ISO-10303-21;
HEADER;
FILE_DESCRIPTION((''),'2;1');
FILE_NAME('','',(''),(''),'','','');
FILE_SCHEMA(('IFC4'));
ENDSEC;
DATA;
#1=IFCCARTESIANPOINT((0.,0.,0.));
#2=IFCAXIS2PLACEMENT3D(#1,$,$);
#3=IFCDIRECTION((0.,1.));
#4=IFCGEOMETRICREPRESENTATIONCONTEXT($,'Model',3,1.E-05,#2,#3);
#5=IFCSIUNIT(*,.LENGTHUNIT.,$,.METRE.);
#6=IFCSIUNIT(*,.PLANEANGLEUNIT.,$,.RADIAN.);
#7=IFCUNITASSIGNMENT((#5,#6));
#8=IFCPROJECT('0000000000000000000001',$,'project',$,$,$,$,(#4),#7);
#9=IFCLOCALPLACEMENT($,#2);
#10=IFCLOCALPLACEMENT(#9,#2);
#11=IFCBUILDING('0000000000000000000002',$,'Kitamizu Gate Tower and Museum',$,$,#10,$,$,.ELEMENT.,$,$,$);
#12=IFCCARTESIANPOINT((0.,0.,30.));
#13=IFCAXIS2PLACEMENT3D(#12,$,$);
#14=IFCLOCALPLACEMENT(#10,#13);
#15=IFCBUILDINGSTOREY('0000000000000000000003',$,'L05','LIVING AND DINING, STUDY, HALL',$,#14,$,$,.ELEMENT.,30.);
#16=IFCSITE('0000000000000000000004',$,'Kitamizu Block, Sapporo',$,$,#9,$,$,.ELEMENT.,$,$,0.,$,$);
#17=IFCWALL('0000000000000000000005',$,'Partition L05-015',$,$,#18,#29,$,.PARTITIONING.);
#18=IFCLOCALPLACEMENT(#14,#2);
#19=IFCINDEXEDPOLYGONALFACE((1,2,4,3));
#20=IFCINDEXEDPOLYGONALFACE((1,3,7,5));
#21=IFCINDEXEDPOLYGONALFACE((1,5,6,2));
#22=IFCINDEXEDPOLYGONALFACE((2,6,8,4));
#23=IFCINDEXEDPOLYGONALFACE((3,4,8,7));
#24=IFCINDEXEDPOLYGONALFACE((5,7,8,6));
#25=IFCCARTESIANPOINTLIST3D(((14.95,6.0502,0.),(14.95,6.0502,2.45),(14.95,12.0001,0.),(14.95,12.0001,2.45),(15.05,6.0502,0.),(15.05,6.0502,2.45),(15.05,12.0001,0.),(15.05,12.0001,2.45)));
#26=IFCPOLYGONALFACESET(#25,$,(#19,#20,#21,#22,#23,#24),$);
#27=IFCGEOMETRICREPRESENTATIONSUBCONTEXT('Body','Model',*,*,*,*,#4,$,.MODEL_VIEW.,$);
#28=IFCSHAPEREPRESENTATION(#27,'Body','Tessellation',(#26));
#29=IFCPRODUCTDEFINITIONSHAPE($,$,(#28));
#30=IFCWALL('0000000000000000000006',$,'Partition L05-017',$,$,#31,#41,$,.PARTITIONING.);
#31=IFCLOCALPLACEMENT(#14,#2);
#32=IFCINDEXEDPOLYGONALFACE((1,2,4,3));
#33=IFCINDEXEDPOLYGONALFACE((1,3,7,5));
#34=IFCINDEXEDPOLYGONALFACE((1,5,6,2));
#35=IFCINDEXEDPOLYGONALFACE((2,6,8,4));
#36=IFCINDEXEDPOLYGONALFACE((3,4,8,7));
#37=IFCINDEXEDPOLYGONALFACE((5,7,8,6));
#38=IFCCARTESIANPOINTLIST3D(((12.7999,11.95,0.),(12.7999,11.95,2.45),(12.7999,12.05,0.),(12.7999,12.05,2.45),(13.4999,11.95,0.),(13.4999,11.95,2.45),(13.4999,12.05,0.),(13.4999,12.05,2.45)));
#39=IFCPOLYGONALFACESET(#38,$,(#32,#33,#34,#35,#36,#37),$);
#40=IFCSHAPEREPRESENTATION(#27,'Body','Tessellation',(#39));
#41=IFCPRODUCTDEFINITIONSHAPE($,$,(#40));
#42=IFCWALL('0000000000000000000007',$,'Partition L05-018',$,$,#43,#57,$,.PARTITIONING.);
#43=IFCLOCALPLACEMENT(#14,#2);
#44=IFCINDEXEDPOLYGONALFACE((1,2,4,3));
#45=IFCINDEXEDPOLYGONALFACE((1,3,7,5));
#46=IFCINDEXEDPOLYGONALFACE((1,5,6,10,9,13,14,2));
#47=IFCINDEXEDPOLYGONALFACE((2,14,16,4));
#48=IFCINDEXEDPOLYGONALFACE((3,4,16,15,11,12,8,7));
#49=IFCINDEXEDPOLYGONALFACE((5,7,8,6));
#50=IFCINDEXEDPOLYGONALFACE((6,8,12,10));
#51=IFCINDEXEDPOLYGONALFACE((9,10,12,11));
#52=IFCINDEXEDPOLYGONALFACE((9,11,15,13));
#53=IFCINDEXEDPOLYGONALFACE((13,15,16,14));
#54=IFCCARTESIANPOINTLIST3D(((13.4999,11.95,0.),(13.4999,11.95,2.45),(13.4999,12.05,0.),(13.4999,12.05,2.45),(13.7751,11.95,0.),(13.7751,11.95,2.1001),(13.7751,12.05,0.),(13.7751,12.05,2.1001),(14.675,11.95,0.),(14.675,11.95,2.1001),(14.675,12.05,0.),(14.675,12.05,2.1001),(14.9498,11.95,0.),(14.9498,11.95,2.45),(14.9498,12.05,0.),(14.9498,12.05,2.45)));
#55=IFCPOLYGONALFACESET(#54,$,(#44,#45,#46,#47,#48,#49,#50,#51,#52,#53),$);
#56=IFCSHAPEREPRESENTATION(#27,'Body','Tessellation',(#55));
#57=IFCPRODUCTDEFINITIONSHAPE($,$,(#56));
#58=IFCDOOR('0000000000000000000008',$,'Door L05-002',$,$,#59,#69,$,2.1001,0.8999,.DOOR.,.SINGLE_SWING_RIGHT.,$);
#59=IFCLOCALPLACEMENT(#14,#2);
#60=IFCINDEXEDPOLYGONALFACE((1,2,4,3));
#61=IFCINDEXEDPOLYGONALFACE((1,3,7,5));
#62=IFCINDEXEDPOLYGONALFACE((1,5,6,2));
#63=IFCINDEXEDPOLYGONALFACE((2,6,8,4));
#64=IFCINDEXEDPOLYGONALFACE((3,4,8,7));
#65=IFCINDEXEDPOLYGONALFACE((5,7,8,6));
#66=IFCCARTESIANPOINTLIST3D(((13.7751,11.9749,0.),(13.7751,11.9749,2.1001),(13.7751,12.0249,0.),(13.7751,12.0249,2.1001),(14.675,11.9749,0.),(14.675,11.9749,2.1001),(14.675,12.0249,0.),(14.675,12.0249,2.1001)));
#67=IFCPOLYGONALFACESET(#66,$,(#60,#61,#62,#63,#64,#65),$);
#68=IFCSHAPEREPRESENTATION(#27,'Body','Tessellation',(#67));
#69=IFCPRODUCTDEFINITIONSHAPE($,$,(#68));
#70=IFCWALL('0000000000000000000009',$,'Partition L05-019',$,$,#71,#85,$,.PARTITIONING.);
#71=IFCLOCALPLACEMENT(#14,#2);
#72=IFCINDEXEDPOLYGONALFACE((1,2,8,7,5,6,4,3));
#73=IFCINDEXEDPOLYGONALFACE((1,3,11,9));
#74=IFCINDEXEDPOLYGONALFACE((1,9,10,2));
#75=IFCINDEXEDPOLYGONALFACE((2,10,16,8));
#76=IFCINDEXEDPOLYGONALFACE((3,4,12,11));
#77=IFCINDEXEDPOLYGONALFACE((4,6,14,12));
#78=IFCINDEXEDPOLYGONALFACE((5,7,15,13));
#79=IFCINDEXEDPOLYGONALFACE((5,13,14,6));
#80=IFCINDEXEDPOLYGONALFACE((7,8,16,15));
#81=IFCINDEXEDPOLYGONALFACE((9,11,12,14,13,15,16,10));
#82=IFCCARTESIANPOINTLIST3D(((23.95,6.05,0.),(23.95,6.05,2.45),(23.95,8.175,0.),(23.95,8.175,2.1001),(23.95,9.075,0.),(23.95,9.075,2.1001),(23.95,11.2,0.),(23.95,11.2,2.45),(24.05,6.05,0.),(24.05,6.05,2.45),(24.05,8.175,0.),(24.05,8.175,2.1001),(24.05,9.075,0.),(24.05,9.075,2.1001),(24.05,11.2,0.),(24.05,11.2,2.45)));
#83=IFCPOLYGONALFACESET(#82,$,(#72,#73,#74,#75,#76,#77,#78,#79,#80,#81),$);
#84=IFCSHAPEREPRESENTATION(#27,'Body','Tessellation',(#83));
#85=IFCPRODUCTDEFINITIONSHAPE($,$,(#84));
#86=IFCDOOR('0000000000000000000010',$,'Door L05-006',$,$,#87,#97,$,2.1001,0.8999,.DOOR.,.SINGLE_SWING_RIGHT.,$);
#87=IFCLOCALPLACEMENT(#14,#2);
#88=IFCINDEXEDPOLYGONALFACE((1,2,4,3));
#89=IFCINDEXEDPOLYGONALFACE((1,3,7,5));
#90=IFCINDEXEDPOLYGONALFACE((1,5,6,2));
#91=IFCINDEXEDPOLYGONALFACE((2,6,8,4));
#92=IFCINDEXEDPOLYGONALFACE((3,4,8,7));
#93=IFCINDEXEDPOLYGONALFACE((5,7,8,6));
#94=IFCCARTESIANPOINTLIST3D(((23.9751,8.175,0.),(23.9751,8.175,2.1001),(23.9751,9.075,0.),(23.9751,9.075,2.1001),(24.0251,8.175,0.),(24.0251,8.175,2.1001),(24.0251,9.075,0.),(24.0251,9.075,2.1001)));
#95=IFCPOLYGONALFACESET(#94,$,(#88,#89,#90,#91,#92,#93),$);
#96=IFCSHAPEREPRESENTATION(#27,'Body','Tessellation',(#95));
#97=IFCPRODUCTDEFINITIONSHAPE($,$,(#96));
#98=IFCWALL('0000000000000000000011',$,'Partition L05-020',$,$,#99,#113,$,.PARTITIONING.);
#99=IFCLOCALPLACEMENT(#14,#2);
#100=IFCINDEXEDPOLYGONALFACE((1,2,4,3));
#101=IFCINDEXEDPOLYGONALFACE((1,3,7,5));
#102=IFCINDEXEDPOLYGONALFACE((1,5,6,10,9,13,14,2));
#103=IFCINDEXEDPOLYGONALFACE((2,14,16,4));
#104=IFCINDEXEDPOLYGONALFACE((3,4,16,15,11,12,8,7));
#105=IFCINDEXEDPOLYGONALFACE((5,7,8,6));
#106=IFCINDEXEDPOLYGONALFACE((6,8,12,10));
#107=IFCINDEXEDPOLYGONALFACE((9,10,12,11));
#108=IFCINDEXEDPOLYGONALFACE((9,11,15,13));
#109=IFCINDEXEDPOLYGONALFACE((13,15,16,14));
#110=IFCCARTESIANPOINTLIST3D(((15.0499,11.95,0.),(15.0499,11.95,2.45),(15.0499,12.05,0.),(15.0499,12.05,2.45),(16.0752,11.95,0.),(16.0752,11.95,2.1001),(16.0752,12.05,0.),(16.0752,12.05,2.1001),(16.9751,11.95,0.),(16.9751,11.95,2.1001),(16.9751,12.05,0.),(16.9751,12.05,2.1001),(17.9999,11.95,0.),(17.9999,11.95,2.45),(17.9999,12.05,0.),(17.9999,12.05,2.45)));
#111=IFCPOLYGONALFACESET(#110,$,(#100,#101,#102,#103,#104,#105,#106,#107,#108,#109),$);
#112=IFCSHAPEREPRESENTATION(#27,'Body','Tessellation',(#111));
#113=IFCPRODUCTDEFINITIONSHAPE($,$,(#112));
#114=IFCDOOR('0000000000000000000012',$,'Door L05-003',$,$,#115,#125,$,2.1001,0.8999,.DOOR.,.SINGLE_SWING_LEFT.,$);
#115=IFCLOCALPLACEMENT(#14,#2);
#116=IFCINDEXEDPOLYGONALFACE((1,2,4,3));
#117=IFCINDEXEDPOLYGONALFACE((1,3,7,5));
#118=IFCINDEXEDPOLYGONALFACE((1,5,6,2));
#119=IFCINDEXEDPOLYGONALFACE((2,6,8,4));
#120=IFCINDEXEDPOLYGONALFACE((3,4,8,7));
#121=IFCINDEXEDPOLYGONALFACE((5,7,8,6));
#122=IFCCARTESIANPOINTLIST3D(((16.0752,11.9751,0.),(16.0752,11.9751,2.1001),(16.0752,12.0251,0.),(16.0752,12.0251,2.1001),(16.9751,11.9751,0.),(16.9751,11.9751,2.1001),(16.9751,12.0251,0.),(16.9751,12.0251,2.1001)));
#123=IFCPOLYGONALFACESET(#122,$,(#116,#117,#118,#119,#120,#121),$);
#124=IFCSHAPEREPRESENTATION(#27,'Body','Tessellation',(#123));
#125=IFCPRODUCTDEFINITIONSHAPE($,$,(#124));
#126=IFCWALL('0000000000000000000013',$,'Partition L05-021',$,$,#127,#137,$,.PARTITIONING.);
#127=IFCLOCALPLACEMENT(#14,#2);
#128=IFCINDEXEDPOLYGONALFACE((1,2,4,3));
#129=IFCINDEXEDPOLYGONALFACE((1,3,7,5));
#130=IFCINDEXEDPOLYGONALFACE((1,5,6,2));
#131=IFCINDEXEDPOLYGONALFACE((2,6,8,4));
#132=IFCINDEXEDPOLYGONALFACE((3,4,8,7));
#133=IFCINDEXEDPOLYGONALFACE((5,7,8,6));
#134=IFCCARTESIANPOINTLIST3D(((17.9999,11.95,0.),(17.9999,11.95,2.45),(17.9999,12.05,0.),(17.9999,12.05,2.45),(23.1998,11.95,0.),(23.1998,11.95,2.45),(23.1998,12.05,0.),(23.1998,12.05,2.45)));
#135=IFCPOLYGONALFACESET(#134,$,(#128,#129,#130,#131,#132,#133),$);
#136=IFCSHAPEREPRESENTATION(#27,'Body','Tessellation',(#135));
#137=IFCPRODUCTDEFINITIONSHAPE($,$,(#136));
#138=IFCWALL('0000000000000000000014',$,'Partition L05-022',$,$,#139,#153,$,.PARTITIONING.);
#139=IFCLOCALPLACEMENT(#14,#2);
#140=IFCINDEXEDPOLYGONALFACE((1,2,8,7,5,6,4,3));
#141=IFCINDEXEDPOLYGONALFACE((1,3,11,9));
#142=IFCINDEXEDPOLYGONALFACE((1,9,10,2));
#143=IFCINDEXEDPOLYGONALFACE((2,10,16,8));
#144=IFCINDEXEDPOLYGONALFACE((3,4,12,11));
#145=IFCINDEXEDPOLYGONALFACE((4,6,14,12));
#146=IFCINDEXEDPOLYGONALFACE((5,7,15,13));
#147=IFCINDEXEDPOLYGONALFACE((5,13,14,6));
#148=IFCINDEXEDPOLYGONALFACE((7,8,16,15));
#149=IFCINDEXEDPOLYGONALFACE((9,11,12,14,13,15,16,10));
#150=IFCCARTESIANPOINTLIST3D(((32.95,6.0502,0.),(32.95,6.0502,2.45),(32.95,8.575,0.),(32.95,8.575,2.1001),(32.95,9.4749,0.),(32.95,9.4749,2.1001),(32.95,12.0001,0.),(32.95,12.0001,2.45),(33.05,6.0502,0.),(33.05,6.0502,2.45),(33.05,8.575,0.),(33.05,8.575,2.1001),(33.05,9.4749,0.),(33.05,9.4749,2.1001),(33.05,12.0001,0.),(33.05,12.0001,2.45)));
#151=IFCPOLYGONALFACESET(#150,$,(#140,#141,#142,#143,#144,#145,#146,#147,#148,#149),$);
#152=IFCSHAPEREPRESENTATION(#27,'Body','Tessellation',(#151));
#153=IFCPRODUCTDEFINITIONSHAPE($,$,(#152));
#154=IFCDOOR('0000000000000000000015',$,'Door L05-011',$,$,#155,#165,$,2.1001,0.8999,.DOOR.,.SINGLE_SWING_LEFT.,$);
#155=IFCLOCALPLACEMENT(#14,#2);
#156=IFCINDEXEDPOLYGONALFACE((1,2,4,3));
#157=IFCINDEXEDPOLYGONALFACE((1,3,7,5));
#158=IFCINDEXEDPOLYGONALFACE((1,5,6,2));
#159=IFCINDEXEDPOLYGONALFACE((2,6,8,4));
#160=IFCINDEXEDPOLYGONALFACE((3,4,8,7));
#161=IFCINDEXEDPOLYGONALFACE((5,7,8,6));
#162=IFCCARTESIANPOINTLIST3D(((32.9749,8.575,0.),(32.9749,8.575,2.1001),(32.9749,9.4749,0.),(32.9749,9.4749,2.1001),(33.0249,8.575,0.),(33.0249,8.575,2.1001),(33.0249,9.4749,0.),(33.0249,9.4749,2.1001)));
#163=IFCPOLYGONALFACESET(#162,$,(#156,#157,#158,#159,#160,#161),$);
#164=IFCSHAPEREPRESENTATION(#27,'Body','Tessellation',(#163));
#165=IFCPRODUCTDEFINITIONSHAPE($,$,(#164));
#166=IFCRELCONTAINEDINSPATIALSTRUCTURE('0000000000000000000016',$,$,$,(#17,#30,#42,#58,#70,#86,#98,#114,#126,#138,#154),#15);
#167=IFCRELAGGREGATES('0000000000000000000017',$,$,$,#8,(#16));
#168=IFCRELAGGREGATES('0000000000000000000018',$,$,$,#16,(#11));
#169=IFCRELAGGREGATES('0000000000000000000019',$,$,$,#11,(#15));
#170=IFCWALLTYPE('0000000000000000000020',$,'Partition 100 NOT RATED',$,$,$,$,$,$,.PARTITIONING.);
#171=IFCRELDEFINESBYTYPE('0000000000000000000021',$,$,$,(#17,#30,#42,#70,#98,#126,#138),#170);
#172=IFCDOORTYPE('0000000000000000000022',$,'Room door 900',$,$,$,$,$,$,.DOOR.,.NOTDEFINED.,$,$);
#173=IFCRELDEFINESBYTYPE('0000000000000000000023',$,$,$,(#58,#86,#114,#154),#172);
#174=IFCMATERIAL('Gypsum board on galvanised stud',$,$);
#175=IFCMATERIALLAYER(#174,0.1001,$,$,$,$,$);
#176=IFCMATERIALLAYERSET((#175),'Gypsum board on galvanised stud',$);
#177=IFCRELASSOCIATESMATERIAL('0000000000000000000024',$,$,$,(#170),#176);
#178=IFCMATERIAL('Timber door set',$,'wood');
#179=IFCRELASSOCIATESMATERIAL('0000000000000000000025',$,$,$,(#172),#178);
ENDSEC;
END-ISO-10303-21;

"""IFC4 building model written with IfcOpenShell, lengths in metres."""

from ifc_helpers import new_model, si_unit, direction, frame, frame_2d, origin, place, context, subcontext, project, spatial, rectangle, extrude, material, layer, layer_set, type_object, element, fill, save


model = new_model("IFC4")

# Units and contexts
model_context = context("Model", 3, precision=1e-05, world=origin(), true_north=direction((0.0, 1.0)))
body_context = subcontext(model_context, "Body", "Model", "MODEL_VIEW")
ifc_project = project(units=[si_unit("LENGTHUNIT", "METRE"), si_unit("PLANEANGLEUNIT", "RADIAN")], contexts=[model_context])

# Site, building, storey
site_placement = place(None, origin())
site = spatial("IfcSite", under=ifc_project, at=site_placement, Name="Kitamizu Block, Sapporo", CompositionType="ELEMENT", RefElevation=0.0)
building_placement = place(site_placement, origin())
building = spatial("IfcBuilding", under=site, at=building_placement, Name="Kitamizu Gate Tower and Museum", CompositionType="ELEMENT")
storey_placement = place(building_placement, frame((0.0, 0.0, 30.0)))
storey = spatial("IfcBuildingStorey", under=building, at=storey_placement, Name="L05", Description="LIVING AND DINING, STUDY, HALL", CompositionType="ELEMENT", Elevation=30.0)

# Shared definitions
ifc_material_1 = material(Name="Gypsum board on galvanised stud")
ifc_layer = layer(ifc_material_1, 0.1001)
ifc_layer_set = layer_set([ifc_layer], Name="Gypsum board on galvanised stud")
wall_type = type_object("IfcWallType", Name="Partition 100 NOT RATED", PredefinedType="PARTITIONING", material=ifc_layer_set)

# Shared definitions
ifc_material_2 = material(Name="Timber door set", Category="wood")
door_type = type_object("IfcDoorType", Name="Room door 900", OperationType="NOTDEFINED", PredefinedType="DOOR", material=ifc_material_2)

# Walls
wall_1_placement = place(storey_placement, frame((15.0, 6.05, 0.0), z_axis=(0.0, 0.0, 1.0), x_axis=(0.0, 1.0, 0.0)))
element("IfcWall", 1, at=wall_1_placement, inside=storey, type_object=wall_type, Name="Partition L05-015", PredefinedType="PARTITIONING", context=body_context, shape_type="SweptSolid", body=[
    extrude(rectangle(XDim=5.95, YDim=0.1001, at=frame_2d((2.9751, 0.0))), origin(), (0.0, 0.0, 1.0), 2.45),
])
wall_2_placement = place(storey_placement, frame((13.5, 12.0, 0.0), z_axis=(0.0, 0.0, 1.0), x_axis=(-1.0, 0.0, 0.0)))
element("IfcWall", 2, at=wall_2_placement, inside=storey, type_object=wall_type, Name="Partition L05-017", PredefinedType="PARTITIONING", context=body_context, shape_type="SweptSolid", body=[
    extrude(rectangle(XDim=0.7, YDim=0.1001, at=frame_2d((0.3501, 0.0))), origin(), (0.0, 0.0, 1.0), 2.45),
])

# Walls, openings, doors
wall_3_placement = place(storey_placement, frame((14.95, 12.0, 0.0), z_axis=(0.0, 0.0, 1.0), x_axis=(-1.0, 0.0, 0.0)))
wall_3 = element("IfcWall", 3, at=wall_3_placement, inside=storey, type_object=wall_type, Name="Partition L05-018", PredefinedType="PARTITIONING", context=body_context, shape_type="SweptSolid", body=[
    extrude(rectangle(XDim=1.45, YDim=0.1001, at=frame_2d((0.7251, 0.0))), origin(), (0.0, 0.0, 1.0), 2.45),
])
opening_1_placement = place(wall_3_placement, frame((0.2749, 0.0, 0.0)))
opening_1 = element("IfcOpeningElement", 4, at=opening_1_placement, cuts=wall_3, PredefinedType="OPENING", context=body_context, shape_type="SweptSolid", body=[
    extrude(rectangle(XDim=0.8999, YDim=2.1001, at=frame_2d((0.45, 1.05))), frame((0.0, 0.0601, 0.0), z_axis=(0.0, -1.0, 0.0), x_axis=(1.0, 0.0, 0.0)), (0.0, 0.0, 1.0), 0.1201),
])
door_1_placement = place(opening_1_placement, frame((0.8999, 0.0, 0.0), x_axis=(-1.0, 0.0, 0.0)))
door_1 = element("IfcDoor", 5, at=door_1_placement, inside=storey, type_object=door_type, Name="Door L05-002", OperationType="SINGLE_SWING_RIGHT", OverallHeight=2.1001, OverallWidth=0.8999, PredefinedType="DOOR", context=body_context, shape_type="SweptSolid", body=[
    extrude(rectangle(XDim=0.8999, YDim=2.1001, at=frame_2d((0.45, 1.05))), frame((0.0, 0.0249, 0.0), z_axis=(0.0, -1.0, 0.0), x_axis=(1.0, 0.0, 0.0)), (0.0, 0.0, 1.0), 0.05),
])
fill(opening_1, door_1)
wall_4_placement = place(storey_placement, frame((24.0, 6.05, 0.0), z_axis=(0.0, 0.0, 1.0), x_axis=(0.0, 1.0, 0.0)))
wall_4 = element("IfcWall", 6, at=wall_4_placement, inside=storey, type_object=wall_type, Name="Partition L05-019", PredefinedType="PARTITIONING", context=body_context, shape_type="SweptSolid", body=[
    extrude(rectangle(XDim=5.1499, YDim=0.1001, at=frame_2d((2.575, 0.0))), origin(), (0.0, 0.0, 1.0), 2.45),
])
opening_2_placement = place(wall_4_placement, frame((2.125, 0.0, 0.0)))
opening_2 = element("IfcOpeningElement", 7, at=opening_2_placement, cuts=wall_4, PredefinedType="OPENING", context=body_context, shape_type="SweptSolid", body=[
    extrude(rectangle(XDim=0.8999, YDim=2.1001, at=frame_2d((0.45, 1.05))), frame((0.0, 0.0601, 0.0), z_axis=(0.0, -1.0, 0.0), x_axis=(1.0, 0.0, 0.0)), (0.0, 0.0, 1.0), 0.1201),
])
door_2_placement = place(opening_2_placement, origin())
door_2 = element("IfcDoor", 8, at=door_2_placement, inside=storey, type_object=door_type, Name="Door L05-006", OperationType="SINGLE_SWING_RIGHT", OverallHeight=2.1001, OverallWidth=0.8999, PredefinedType="DOOR", context=body_context, shape_type="SweptSolid", body=[
    extrude(rectangle(XDim=0.8999, YDim=2.1001, at=frame_2d((0.45, 1.05))), frame((0.0, 0.0249, 0.0), z_axis=(0.0, -1.0, 0.0), x_axis=(1.0, 0.0, 0.0)), (0.0, 0.0, 1.0), 0.05),
])
fill(opening_2, door_2)
wall_5_placement = place(storey_placement, frame((18.0, 12.0, 0.0), z_axis=(0.0, 0.0, 1.0), x_axis=(-1.0, 0.0, 0.0)))
wall_5 = element("IfcWall", 9, at=wall_5_placement, inside=storey, type_object=wall_type, Name="Partition L05-020", PredefinedType="PARTITIONING", context=body_context, shape_type="SweptSolid", body=[
    extrude(rectangle(XDim=2.95, YDim=0.1001, at=frame_2d((1.4751, 0.0))), origin(), (0.0, 0.0, 1.0), 2.45),
])
opening_3_placement = place(wall_5_placement, frame((1.0249, 0.0, 0.0)))
opening_3 = element("IfcOpeningElement", 10, at=opening_3_placement, cuts=wall_5, PredefinedType="OPENING", context=body_context, shape_type="SweptSolid", body=[
    extrude(rectangle(XDim=0.8999, YDim=2.1001, at=frame_2d((0.45, 1.05))), frame((0.0, 0.0601, 0.0), z_axis=(0.0, -1.0, 0.0), x_axis=(1.0, 0.0, 0.0)), (0.0, 0.0, 1.0), 0.1201),
])
door_3_placement = place(opening_3_placement, origin())
door_3 = element("IfcDoor", 11, at=door_3_placement, inside=storey, type_object=door_type, Name="Door L05-003", OperationType="SINGLE_SWING_LEFT", OverallHeight=2.1001, OverallWidth=0.8999, PredefinedType="DOOR", context=body_context, shape_type="SweptSolid", body=[
    extrude(rectangle(XDim=0.8999, YDim=2.1001, at=frame_2d((0.45, 1.05))), frame((0.0, 0.0249, 0.0), z_axis=(0.0, -1.0, 0.0), x_axis=(1.0, 0.0, 0.0)), (0.0, 0.0, 1.0), 0.05),
])
fill(opening_3, door_3)

# Wall
wall_6_placement = place(storey_placement, frame((23.2, 12.0, 0.0), z_axis=(0.0, 0.0, 1.0), x_axis=(-1.0, 0.0, 0.0)))
element("IfcWall", 12, at=wall_6_placement, inside=storey, type_object=wall_type, Name="Partition L05-021", PredefinedType="PARTITIONING", context=body_context, shape_type="SweptSolid", body=[
    extrude(rectangle(XDim=5.2, YDim=0.1001, at=frame_2d((2.6001, 0.0))), origin(), (0.0, 0.0, 1.0), 2.45),
])

# Wall, opening, door
wall_7_placement = place(storey_placement, frame((33.0, 6.05, 0.0), z_axis=(0.0, 0.0, 1.0), x_axis=(0.0, 1.0, 0.0)))
wall_7 = element("IfcWall", 13, at=wall_7_placement, inside=storey, type_object=wall_type, Name="Partition L05-022", PredefinedType="PARTITIONING", context=body_context, shape_type="SweptSolid", body=[
    extrude(rectangle(XDim=5.95, YDim=0.1001, at=frame_2d((2.9751, 0.0))), origin(), (0.0, 0.0, 1.0), 2.45),
])
opening_4_placement = place(wall_7_placement, frame((2.5249, 0.0, 0.0)))
opening_4 = element("IfcOpeningElement", 14, at=opening_4_placement, cuts=wall_7, PredefinedType="OPENING", context=body_context, shape_type="SweptSolid", body=[
    extrude(rectangle(XDim=0.8999, YDim=2.1001, at=frame_2d((0.45, 1.05))), frame((0.0, 0.0601, 0.0), z_axis=(0.0, -1.0, 0.0), x_axis=(1.0, 0.0, 0.0)), (0.0, 0.0, 1.0), 0.1201),
])
door_4_placement = place(opening_4_placement, frame((0.8999, 0.0, 0.0), x_axis=(-1.0, 0.0, 0.0)))
door_4 = element("IfcDoor", 15, at=door_4_placement, inside=storey, type_object=door_type, Name="Door L05-011", OperationType="SINGLE_SWING_LEFT", OverallHeight=2.1001, OverallWidth=0.8999, PredefinedType="DOOR", context=body_context, shape_type="SweptSolid", body=[
    extrude(rectangle(XDim=0.8999, YDim=2.1001, at=frame_2d((0.45, 1.05))), frame((0.0, 0.0249, 0.0), z_axis=(0.0, -1.0, 0.0), x_axis=(1.0, 0.0, 0.0)), (0.0, 0.0, 1.0), 0.05),
])
fill(opening_4, door_4)

save(model, "model.ifc")
